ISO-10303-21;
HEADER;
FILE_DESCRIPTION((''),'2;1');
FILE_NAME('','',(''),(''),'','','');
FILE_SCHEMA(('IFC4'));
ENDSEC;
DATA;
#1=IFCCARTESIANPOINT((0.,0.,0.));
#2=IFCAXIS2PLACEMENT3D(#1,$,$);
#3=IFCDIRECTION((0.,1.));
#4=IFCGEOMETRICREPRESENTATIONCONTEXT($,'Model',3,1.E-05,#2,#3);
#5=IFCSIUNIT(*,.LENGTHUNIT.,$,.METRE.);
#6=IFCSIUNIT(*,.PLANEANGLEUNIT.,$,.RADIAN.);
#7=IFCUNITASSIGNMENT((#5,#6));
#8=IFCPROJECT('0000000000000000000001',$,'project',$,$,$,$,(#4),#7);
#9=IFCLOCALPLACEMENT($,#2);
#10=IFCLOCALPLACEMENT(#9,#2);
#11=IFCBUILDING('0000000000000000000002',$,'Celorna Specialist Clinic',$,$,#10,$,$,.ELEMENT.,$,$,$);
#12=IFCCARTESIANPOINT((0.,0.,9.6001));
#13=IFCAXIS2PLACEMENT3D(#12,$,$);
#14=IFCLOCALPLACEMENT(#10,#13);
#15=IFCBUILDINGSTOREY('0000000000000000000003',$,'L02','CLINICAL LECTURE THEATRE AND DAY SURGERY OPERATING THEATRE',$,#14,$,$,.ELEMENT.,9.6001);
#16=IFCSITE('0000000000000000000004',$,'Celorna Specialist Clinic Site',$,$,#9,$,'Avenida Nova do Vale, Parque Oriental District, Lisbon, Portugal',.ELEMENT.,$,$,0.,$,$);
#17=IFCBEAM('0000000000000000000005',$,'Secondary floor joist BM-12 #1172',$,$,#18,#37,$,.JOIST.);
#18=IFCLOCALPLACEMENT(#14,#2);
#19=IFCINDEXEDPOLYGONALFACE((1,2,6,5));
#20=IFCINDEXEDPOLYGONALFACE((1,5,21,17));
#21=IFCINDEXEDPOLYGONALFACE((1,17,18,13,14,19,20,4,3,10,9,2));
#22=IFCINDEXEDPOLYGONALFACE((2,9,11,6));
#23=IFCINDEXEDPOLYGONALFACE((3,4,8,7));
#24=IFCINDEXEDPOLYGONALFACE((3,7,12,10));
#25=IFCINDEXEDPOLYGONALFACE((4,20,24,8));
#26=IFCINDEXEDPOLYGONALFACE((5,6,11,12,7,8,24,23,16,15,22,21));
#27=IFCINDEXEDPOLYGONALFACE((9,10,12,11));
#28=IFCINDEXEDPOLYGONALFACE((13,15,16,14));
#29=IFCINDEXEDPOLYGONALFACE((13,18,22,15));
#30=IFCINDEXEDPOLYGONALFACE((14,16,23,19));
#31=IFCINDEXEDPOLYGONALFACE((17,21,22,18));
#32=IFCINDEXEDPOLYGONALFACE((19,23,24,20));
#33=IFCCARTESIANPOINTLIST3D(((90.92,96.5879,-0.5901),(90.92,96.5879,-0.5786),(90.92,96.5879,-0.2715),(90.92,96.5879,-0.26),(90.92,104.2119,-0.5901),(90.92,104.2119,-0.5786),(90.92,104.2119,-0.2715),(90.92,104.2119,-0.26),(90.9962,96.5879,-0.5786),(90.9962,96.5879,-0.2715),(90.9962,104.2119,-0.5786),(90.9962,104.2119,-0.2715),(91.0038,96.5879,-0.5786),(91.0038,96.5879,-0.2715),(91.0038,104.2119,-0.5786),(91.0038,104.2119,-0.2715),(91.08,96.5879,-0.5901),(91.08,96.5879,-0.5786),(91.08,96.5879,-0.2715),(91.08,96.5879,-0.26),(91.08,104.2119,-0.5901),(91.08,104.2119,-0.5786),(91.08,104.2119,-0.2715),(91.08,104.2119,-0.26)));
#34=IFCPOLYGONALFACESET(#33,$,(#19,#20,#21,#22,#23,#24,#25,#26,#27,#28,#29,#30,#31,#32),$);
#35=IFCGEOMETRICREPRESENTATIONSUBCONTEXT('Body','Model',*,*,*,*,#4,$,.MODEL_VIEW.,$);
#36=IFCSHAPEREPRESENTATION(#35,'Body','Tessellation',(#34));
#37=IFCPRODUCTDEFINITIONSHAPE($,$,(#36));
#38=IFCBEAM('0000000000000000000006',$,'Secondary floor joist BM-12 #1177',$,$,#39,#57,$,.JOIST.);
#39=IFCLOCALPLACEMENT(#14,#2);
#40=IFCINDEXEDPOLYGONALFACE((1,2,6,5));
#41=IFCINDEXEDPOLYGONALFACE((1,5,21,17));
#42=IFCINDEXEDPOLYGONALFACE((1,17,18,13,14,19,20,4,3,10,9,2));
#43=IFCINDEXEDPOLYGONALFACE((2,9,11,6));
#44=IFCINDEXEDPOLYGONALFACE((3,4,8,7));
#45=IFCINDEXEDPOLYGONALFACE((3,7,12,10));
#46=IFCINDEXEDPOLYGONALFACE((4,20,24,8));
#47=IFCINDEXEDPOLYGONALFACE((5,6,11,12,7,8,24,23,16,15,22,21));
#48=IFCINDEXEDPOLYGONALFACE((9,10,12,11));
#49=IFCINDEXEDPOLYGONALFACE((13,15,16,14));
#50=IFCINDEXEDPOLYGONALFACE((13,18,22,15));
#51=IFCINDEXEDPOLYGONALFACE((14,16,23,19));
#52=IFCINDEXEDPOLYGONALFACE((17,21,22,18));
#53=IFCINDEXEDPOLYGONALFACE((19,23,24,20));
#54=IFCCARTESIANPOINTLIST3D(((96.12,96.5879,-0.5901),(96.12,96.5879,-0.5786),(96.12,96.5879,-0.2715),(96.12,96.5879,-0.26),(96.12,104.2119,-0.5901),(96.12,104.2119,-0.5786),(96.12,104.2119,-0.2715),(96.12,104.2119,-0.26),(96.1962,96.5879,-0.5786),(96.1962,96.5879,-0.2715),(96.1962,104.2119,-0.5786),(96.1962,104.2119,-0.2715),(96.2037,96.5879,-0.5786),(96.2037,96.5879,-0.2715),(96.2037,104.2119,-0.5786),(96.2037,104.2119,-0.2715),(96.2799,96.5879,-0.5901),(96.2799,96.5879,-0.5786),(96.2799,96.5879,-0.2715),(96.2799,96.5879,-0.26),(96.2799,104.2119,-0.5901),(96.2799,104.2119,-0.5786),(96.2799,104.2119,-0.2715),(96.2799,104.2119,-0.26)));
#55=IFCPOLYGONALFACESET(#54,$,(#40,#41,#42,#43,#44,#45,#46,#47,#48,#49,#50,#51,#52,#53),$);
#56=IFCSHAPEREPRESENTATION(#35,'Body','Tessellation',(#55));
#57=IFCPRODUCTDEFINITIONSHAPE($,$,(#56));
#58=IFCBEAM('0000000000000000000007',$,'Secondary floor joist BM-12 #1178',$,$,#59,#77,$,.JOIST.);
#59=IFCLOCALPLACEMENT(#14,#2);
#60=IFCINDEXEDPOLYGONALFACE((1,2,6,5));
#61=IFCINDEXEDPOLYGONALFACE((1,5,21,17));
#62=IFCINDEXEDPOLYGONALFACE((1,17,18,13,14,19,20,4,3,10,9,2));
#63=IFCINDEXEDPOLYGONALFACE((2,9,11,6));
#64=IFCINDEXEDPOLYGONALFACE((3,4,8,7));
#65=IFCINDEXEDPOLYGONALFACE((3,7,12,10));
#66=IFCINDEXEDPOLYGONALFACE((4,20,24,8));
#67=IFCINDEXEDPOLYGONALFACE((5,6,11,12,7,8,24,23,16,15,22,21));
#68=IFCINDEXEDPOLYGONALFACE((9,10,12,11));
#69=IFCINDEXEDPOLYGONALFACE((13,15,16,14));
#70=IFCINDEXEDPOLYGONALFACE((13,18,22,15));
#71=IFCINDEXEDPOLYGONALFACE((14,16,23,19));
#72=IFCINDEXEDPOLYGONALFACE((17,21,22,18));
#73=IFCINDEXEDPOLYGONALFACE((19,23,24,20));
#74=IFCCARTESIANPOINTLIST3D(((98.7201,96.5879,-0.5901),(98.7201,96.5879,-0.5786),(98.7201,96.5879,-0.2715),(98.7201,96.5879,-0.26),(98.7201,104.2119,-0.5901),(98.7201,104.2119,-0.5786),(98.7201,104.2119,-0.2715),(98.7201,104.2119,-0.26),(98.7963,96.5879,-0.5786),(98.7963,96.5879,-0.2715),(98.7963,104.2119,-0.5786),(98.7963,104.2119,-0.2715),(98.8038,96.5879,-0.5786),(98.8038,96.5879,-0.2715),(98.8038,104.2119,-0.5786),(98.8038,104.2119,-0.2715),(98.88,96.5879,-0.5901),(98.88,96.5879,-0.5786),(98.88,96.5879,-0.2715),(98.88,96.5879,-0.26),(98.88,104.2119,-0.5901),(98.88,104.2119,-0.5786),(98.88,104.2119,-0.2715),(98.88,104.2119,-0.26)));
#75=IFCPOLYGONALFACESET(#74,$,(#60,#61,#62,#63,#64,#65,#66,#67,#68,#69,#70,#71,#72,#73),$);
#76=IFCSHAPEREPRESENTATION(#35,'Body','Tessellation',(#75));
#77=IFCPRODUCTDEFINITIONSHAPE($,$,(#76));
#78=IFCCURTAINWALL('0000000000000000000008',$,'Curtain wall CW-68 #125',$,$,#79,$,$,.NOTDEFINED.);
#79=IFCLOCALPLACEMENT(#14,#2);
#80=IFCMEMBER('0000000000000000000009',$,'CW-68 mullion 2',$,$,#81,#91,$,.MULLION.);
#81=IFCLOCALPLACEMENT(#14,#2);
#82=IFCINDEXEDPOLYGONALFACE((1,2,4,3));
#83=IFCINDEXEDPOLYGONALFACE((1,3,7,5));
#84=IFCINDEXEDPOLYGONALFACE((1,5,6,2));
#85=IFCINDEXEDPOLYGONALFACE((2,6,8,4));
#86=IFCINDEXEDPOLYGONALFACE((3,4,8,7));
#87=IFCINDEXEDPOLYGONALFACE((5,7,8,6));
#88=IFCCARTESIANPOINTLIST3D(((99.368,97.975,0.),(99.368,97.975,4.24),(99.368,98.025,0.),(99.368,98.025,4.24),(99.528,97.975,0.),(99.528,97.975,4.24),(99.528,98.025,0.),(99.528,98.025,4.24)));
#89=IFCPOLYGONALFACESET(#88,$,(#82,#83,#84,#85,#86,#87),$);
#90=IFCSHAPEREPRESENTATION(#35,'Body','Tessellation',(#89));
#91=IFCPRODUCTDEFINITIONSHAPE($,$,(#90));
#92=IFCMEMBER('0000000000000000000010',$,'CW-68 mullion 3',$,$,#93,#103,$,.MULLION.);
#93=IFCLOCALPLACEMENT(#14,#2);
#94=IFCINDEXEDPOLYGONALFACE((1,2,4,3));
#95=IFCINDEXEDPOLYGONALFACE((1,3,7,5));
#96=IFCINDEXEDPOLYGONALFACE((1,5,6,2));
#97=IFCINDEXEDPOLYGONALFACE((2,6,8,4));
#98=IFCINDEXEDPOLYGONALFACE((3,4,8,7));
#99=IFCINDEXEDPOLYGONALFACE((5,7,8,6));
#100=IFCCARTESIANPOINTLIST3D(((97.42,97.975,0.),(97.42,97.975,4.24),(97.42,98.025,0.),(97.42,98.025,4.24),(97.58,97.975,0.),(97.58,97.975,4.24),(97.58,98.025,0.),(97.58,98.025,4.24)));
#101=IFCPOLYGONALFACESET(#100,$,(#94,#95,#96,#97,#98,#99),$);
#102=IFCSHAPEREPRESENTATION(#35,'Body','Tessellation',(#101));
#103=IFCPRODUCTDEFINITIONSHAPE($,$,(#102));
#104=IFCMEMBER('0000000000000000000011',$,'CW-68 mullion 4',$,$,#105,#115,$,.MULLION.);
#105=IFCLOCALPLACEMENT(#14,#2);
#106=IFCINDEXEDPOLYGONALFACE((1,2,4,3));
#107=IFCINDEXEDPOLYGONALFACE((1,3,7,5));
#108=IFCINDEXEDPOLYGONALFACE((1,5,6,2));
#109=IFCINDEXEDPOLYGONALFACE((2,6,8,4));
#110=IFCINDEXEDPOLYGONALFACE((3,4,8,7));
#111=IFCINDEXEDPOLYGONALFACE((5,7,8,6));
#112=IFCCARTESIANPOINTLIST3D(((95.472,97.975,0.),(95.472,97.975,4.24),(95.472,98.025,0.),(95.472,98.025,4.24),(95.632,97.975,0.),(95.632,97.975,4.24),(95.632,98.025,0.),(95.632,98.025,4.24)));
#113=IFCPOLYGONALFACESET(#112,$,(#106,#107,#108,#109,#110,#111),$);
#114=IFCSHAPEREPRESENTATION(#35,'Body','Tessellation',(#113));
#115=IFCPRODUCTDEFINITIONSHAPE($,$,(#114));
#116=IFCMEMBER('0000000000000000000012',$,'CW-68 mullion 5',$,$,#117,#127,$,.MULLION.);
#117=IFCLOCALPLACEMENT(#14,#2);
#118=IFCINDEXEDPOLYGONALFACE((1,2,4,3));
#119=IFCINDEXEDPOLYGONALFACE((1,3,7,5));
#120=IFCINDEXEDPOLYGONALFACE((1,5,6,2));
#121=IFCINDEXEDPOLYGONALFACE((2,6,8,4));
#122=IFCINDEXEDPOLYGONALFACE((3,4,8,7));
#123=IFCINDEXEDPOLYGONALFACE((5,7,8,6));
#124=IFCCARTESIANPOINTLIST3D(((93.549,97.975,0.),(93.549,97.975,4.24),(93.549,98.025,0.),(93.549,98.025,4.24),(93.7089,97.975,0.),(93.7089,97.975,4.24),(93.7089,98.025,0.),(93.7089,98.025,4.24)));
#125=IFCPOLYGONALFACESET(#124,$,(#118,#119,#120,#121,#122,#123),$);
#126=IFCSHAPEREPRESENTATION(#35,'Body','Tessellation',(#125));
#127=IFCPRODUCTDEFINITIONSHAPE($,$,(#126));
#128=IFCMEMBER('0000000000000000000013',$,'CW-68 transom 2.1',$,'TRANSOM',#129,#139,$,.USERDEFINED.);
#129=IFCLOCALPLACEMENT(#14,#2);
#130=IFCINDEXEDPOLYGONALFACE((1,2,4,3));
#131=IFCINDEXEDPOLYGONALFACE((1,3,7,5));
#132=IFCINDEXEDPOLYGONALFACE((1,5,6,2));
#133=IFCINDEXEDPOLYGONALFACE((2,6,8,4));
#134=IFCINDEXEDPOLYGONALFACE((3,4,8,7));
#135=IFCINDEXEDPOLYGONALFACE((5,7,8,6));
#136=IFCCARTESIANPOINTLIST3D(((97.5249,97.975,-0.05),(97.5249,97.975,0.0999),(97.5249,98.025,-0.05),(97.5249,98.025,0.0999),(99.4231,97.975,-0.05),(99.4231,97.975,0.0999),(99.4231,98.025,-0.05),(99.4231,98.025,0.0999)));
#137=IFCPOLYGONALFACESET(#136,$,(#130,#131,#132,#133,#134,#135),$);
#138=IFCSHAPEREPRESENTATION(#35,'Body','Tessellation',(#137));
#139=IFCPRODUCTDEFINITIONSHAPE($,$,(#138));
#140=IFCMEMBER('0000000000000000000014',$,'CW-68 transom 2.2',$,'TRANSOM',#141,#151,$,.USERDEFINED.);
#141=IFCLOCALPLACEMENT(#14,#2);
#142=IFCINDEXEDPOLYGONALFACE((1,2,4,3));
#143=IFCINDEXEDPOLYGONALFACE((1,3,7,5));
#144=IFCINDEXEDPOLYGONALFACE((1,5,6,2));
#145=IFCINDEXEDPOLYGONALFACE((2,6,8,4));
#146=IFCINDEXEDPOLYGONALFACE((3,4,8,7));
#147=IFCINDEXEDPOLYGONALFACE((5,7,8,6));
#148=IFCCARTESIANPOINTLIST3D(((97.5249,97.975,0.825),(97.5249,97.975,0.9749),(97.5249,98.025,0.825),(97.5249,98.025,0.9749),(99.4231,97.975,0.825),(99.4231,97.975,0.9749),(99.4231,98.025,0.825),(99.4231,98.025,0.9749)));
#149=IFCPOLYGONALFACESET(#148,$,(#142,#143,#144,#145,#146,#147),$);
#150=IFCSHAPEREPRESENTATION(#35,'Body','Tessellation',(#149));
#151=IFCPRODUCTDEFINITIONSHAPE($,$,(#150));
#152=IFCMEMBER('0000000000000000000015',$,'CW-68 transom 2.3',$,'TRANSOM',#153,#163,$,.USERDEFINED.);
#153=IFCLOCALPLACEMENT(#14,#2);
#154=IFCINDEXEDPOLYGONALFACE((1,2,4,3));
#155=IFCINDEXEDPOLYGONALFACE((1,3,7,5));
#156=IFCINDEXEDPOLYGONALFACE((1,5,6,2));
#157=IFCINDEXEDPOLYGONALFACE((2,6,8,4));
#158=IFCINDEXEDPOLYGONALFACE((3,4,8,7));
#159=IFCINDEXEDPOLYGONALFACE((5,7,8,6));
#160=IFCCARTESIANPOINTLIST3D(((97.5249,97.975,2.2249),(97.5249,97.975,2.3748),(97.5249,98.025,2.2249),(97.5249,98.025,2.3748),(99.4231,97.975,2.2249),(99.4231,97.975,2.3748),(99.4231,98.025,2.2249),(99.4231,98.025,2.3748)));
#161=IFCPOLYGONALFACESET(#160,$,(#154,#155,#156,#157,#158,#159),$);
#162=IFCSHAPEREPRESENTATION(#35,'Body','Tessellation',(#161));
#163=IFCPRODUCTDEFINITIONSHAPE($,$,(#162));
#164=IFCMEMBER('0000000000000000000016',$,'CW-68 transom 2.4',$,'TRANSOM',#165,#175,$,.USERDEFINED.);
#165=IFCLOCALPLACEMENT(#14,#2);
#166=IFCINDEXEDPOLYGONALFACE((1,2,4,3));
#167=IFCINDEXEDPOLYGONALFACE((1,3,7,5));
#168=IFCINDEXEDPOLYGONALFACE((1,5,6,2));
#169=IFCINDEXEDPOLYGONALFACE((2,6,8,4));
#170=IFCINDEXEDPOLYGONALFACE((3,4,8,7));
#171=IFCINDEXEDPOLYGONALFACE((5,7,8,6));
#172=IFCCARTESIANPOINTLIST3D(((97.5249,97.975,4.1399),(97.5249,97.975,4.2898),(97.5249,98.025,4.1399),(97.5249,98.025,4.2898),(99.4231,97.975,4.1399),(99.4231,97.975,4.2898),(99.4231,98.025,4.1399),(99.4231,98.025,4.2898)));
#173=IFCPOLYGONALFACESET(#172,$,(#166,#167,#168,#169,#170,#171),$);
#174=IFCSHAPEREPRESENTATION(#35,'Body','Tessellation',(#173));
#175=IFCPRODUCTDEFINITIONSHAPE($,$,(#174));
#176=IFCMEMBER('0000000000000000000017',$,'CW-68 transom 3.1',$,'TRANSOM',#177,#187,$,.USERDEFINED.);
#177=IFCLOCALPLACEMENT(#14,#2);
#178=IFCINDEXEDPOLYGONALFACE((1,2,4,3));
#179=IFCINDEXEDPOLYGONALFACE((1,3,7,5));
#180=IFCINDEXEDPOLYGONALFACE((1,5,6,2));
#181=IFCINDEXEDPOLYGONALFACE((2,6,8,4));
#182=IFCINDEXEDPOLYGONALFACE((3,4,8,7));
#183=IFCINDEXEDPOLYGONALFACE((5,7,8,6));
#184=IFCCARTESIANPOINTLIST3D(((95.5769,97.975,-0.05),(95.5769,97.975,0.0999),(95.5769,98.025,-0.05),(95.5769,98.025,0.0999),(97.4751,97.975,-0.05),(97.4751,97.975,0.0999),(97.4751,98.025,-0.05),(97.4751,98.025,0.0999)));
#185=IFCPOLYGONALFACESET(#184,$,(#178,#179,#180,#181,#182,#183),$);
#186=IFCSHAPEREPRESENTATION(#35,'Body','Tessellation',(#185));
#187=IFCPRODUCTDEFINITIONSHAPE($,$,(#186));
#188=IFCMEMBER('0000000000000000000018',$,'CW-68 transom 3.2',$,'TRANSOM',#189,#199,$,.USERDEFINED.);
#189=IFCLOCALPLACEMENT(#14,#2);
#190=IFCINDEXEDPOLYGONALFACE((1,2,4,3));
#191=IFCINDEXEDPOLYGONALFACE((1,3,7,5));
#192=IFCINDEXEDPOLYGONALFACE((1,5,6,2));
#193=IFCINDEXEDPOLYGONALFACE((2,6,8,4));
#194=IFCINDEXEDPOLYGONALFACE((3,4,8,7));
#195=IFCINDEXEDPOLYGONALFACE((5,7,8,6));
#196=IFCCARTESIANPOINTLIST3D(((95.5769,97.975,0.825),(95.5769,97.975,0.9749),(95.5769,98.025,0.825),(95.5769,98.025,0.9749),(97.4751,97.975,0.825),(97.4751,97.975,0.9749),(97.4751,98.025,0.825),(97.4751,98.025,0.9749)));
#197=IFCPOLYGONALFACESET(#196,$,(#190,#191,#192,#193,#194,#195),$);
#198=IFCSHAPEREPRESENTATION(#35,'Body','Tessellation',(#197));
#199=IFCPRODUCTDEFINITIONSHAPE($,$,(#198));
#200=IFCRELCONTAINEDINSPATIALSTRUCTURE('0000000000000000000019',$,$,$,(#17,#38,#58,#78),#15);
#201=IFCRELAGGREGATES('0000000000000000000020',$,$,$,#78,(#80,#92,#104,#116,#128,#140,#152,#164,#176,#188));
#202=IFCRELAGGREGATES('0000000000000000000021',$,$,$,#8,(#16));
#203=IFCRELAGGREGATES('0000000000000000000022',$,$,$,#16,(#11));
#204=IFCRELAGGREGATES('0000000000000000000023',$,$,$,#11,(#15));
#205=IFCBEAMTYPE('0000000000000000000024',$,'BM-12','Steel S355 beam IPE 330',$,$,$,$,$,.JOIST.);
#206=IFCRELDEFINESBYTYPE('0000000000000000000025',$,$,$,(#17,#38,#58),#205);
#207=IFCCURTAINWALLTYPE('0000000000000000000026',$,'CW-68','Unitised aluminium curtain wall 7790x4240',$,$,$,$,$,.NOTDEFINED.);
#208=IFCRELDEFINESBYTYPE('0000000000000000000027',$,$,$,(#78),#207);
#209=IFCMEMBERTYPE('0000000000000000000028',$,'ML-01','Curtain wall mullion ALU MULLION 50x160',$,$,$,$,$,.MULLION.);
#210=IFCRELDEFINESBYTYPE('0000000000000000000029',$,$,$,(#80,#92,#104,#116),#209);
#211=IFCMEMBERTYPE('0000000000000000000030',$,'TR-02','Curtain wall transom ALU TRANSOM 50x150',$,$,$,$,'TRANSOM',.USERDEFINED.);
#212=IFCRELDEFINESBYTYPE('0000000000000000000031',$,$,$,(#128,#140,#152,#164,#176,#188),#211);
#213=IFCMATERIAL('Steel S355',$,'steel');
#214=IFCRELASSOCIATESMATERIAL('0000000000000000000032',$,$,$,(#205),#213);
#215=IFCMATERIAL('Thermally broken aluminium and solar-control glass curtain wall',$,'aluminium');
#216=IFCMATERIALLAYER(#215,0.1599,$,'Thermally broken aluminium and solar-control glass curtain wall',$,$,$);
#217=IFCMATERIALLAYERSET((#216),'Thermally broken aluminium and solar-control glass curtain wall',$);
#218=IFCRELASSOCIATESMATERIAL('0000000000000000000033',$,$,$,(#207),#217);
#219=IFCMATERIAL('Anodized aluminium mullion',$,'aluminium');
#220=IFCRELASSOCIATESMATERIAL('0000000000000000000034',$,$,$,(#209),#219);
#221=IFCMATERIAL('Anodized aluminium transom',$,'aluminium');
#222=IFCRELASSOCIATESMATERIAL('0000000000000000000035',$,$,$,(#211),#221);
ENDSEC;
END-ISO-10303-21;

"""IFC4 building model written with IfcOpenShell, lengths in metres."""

from ifc_helpers import new_model, si_unit, direction, frame, origin, origin_2d, place, context, subcontext, project, spatial, rectangle, i_section, extrude, material, layer, layer_set, material_profile, profile_set, type_object, element, aggregate, save


model = new_model("IFC4")

# Units and contexts
model_context = context("Model", 3, precision=1e-05, world=origin(), true_north=direction((0.0, 1.0)))
body_context = subcontext(model_context, "Body", "Model", "MODEL_VIEW")
ifc_project = project(units=[si_unit("LENGTHUNIT", "METRE"), si_unit("PLANEANGLEUNIT", "RADIAN")], contexts=[model_context])

# Site, building, storey
site_placement = place(None, origin())
site = spatial("IfcSite", under=ifc_project, at=site_placement, Name="Celorna Specialist Clinic Site", LongName="Avenida Nova do Vale, Parque Oriental District, Lisbon, Portugal", CompositionType="ELEMENT", RefElevation=0.0)
building_placement = place(site_placement, origin())
building = spatial("IfcBuilding", under=site, at=building_placement, Name="Celorna Specialist Clinic", CompositionType="ELEMENT")
storey_placement = place(building_placement, frame((0.0, 0.0, 9.6001)))
storey = spatial("IfcBuildingStorey", under=building, at=storey_placement, Name="L02", Description="CLINICAL LECTURE THEATRE AND DAY SURGERY OPERATING THEATRE", CompositionType="ELEMENT", Elevation=9.6001)

# Beams
ifc_material_1 = material(Name="Steel S355", Category="steel")
ifc_material_profile_1 = material_profile(ifc_material_1, i_section(OverallWidth=0.1599, OverallDepth=0.3301, WebThickness=0.0076, FlangeThickness=0.0115, at=origin_2d()), Name="IPE 330")
ifc_profile_set_1 = profile_set([ifc_material_profile_1], Name="Steel S355")
beam_type = type_object("IfcBeamType", Name="BM-12", Description="Steel S355 beam IPE 330", PredefinedType="JOIST", material=ifc_profile_set_1)
for number, where, z_axis, x_axis, name in (
    (1, (91.0, 96.5879, -0.425), (0.0, 1.0, 0.0), (-1.0, 0.0, 0.0), "Secondary floor joist BM-12 #1172"),
    (2, (96.2, 96.5879, -0.425), (0.0, 1.0, 0.0), (-1.0, 0.0, 0.0), "Secondary floor joist BM-12 #1177"),
    (3, (98.8, 96.5879, -0.425), (0.0, 1.0, 0.0), (-1.0, 0.0, 0.0), "Secondary floor joist BM-12 #1178"),
):
    element("IfcBeam", number, at=place(storey_placement, frame(where, z_axis=z_axis, x_axis=x_axis)), inside=storey, type_object=beam_type, Name=name, PredefinedType="JOIST", context=body_context, shape_type="SweptSolid", body=[
        extrude(i_section(OverallWidth=0.1599, OverallDepth=0.3301, WebThickness=0.0076, FlangeThickness=0.0115, at=origin_2d()), origin(), (0.0, 0.0, 1.0), 7.624),
    ])

# Curtain wall, members
ifc_material_2 = material(Name="Thermally broken aluminium and solar-control glass curtain wall", Category="aluminium")
ifc_layer_1 = layer(ifc_material_2, 0.1599, Name="Thermally broken aluminium and solar-control glass curtain wall")
ifc_layer_set_1 = layer_set([ifc_layer_1], Name="Thermally broken aluminium and solar-control glass curtain wall")
curtain_wall_type = type_object("IfcCurtainWallType", Name="CW-68", Description="Unitised aluminium curtain wall 7790x4240", PredefinedType="NOTDEFINED", material=ifc_layer_set_1)
curtain_wall_placement = place(storey_placement, origin())
curtain_wall = element("IfcCurtainWall", 4, at=curtain_wall_placement, inside=storey, type_object=curtain_wall_type, Name="Curtain wall CW-68 #125", PredefinedType="NOTDEFINED")
ifc_material_3 = material(Name="Anodized aluminium mullion", Category="aluminium")
ifc_material_profile_2 = material_profile(ifc_material_3, rectangle(XDim=0.05, YDim=0.1599, at=origin_2d()), Name="ALU MULLION 50x160")
ifc_profile_set_2 = profile_set([ifc_material_profile_2], Name="Anodized aluminium mullion")
member_type_1 = type_object("IfcMemberType", Name="ML-01", Description="Curtain wall mullion ALU MULLION 50x160", PredefinedType="MULLION", material=ifc_profile_set_2)
member_1_placement = place(storey_placement, frame((99.448, 98.0, 0.0), z_axis=(0.0, 0.0, 1.0), x_axis=(0.0, -1.0, 0.0)))
member_1 = element("IfcMember", 5, at=member_1_placement, type_object=member_type_1, Name="CW-68 mullion 2", PredefinedType="MULLION", context=body_context, shape_type="SweptSolid", body=[
    extrude(rectangle(XDim=0.05, YDim=0.1599, at=origin_2d()), origin(), (0.0, 0.0, 1.0), 4.24),
])
member_2_placement = place(storey_placement, frame((97.5, 98.0, 0.0), z_axis=(0.0, 0.0, 1.0), x_axis=(0.0, -1.0, 0.0)))
member_2 = element("IfcMember", 6, at=member_2_placement, type_object=member_type_1, Name="CW-68 mullion 3", PredefinedType="MULLION", context=body_context, shape_type="SweptSolid", body=[
    extrude(rectangle(XDim=0.05, YDim=0.1599, at=origin_2d()), origin(), (0.0, 0.0, 1.0), 4.24),
])
member_3_placement = place(storey_placement, frame((95.552, 98.0, 0.0), z_axis=(0.0, 0.0, 1.0), x_axis=(0.0, -1.0, 0.0)))
member_3 = element("IfcMember", 7, at=member_3_placement, type_object=member_type_1, Name="CW-68 mullion 4", PredefinedType="MULLION", context=body_context, shape_type="SweptSolid", body=[
    extrude(rectangle(XDim=0.05, YDim=0.1599, at=origin_2d()), origin(), (0.0, 0.0, 1.0), 4.24),
])
member_4_placement = place(storey_placement, frame((93.6289, 98.0, 0.0), z_axis=(0.0, 0.0, 1.0), x_axis=(0.0, -1.0, 0.0)))
member_4 = element("IfcMember", 8, at=member_4_placement, type_object=member_type_1, Name="CW-68 mullion 5", PredefinedType="MULLION", context=body_context, shape_type="SweptSolid", body=[
    extrude(rectangle(XDim=0.05, YDim=0.1599, at=origin_2d()), origin(), (0.0, 0.0, 1.0), 4.24),
])
ifc_material_4 = material(Name="Anodized aluminium transom", Category="aluminium")
ifc_material_profile_3 = material_profile(ifc_material_4, rectangle(XDim=0.05, YDim=0.1499, at=origin_2d()), Name="ALU TRANSOM 50x150")
ifc_profile_set_3 = profile_set([ifc_material_profile_3], Name="Anodized aluminium transom")
member_type_2 = type_object("IfcMemberType", Name="TR-02", Description="Curtain wall transom ALU TRANSOM 50x150", ElementType="TRANSOM", PredefinedType="USERDEFINED", material=ifc_profile_set_3)
member_5_placement = place(storey_placement, frame((99.4231, 98.0, 0.0249), z_axis=(-1.0, 0.0, 0.0), x_axis=(0.0, -1.0, 0.0)))
member_5 = element("IfcMember", 9, at=member_5_placement, type_object=member_type_2, Name="CW-68 transom 2.1", ObjectType="TRANSOM", PredefinedType="USERDEFINED", context=body_context, shape_type="SweptSolid", body=[
    extrude(rectangle(XDim=0.05, YDim=0.1499, at=origin_2d()), origin(), (0.0, 0.0, 1.0), 1.8982),
])
member_6_placement = place(storey_placement, frame((99.4231, 98.0, 0.8999), z_axis=(-1.0, 0.0, 0.0), x_axis=(0.0, -1.0, 0.0)))
member_6 = element("IfcMember", 10, at=member_6_placement, type_object=member_type_2, Name="CW-68 transom 2.2", ObjectType="TRANSOM", PredefinedType="USERDEFINED", context=body_context, shape_type="SweptSolid", body=[
    extrude(rectangle(XDim=0.05, YDim=0.1499, at=origin_2d()), origin(), (0.0, 0.0, 1.0), 1.8982),
])
member_7_placement = place(storey_placement, frame((99.4231, 98.0, 2.2998), z_axis=(-1.0, 0.0, 0.0), x_axis=(0.0, -1.0, 0.0)))
member_7 = element("IfcMember", 11, at=member_7_placement, type_object=member_type_2, Name="CW-68 transom 2.3", ObjectType="TRANSOM", PredefinedType="USERDEFINED", context=body_context, shape_type="SweptSolid", body=[
    extrude(rectangle(XDim=0.05, YDim=0.1499, at=origin_2d()), origin(), (0.0, 0.0, 1.0), 1.8982),
])
member_8_placement = place(storey_placement, frame((99.4231, 98.0, 4.2148), z_axis=(-1.0, 0.0, 0.0), x_axis=(0.0, -1.0, 0.0)))
member_8 = element("IfcMember", 12, at=member_8_placement, type_object=member_type_2, Name="CW-68 transom 2.4", ObjectType="TRANSOM", PredefinedType="USERDEFINED", context=body_context, shape_type="SweptSolid", body=[
    extrude(rectangle(XDim=0.05, YDim=0.1499, at=origin_2d()), origin(), (0.0, 0.0, 1.0), 1.8982),
])
member_9_placement = place(storey_placement, frame((97.4751, 98.0, 0.0249), z_axis=(-1.0, 0.0, 0.0), x_axis=(0.0, -1.0, 0.0)))
member_9 = element("IfcMember", 13, at=member_9_placement, type_object=member_type_2, Name="CW-68 transom 3.1", ObjectType="TRANSOM", PredefinedType="USERDEFINED", context=body_context, shape_type="SweptSolid", body=[
    extrude(rectangle(XDim=0.05, YDim=0.1499, at=origin_2d()), origin(), (0.0, 0.0, 1.0), 1.8982),
])
member_10_placement = place(storey_placement, frame((97.4751, 98.0, 0.8999), z_axis=(-1.0, 0.0, 0.0), x_axis=(0.0, -1.0, 0.0)))
member_10 = element("IfcMember", 14, at=member_10_placement, type_object=member_type_2, Name="CW-68 transom 3.2", ObjectType="TRANSOM", PredefinedType="USERDEFINED", context=body_context, shape_type="SweptSolid", body=[
    extrude(rectangle(XDim=0.05, YDim=0.1499, at=origin_2d()), origin(), (0.0, 0.0, 1.0), 1.8982),
])
aggregate(curtain_wall, [member_1, member_2, member_3, member_4, member_5, member_6, member_7, member_8, member_9, member_10])

save(model, "model.ifc")
